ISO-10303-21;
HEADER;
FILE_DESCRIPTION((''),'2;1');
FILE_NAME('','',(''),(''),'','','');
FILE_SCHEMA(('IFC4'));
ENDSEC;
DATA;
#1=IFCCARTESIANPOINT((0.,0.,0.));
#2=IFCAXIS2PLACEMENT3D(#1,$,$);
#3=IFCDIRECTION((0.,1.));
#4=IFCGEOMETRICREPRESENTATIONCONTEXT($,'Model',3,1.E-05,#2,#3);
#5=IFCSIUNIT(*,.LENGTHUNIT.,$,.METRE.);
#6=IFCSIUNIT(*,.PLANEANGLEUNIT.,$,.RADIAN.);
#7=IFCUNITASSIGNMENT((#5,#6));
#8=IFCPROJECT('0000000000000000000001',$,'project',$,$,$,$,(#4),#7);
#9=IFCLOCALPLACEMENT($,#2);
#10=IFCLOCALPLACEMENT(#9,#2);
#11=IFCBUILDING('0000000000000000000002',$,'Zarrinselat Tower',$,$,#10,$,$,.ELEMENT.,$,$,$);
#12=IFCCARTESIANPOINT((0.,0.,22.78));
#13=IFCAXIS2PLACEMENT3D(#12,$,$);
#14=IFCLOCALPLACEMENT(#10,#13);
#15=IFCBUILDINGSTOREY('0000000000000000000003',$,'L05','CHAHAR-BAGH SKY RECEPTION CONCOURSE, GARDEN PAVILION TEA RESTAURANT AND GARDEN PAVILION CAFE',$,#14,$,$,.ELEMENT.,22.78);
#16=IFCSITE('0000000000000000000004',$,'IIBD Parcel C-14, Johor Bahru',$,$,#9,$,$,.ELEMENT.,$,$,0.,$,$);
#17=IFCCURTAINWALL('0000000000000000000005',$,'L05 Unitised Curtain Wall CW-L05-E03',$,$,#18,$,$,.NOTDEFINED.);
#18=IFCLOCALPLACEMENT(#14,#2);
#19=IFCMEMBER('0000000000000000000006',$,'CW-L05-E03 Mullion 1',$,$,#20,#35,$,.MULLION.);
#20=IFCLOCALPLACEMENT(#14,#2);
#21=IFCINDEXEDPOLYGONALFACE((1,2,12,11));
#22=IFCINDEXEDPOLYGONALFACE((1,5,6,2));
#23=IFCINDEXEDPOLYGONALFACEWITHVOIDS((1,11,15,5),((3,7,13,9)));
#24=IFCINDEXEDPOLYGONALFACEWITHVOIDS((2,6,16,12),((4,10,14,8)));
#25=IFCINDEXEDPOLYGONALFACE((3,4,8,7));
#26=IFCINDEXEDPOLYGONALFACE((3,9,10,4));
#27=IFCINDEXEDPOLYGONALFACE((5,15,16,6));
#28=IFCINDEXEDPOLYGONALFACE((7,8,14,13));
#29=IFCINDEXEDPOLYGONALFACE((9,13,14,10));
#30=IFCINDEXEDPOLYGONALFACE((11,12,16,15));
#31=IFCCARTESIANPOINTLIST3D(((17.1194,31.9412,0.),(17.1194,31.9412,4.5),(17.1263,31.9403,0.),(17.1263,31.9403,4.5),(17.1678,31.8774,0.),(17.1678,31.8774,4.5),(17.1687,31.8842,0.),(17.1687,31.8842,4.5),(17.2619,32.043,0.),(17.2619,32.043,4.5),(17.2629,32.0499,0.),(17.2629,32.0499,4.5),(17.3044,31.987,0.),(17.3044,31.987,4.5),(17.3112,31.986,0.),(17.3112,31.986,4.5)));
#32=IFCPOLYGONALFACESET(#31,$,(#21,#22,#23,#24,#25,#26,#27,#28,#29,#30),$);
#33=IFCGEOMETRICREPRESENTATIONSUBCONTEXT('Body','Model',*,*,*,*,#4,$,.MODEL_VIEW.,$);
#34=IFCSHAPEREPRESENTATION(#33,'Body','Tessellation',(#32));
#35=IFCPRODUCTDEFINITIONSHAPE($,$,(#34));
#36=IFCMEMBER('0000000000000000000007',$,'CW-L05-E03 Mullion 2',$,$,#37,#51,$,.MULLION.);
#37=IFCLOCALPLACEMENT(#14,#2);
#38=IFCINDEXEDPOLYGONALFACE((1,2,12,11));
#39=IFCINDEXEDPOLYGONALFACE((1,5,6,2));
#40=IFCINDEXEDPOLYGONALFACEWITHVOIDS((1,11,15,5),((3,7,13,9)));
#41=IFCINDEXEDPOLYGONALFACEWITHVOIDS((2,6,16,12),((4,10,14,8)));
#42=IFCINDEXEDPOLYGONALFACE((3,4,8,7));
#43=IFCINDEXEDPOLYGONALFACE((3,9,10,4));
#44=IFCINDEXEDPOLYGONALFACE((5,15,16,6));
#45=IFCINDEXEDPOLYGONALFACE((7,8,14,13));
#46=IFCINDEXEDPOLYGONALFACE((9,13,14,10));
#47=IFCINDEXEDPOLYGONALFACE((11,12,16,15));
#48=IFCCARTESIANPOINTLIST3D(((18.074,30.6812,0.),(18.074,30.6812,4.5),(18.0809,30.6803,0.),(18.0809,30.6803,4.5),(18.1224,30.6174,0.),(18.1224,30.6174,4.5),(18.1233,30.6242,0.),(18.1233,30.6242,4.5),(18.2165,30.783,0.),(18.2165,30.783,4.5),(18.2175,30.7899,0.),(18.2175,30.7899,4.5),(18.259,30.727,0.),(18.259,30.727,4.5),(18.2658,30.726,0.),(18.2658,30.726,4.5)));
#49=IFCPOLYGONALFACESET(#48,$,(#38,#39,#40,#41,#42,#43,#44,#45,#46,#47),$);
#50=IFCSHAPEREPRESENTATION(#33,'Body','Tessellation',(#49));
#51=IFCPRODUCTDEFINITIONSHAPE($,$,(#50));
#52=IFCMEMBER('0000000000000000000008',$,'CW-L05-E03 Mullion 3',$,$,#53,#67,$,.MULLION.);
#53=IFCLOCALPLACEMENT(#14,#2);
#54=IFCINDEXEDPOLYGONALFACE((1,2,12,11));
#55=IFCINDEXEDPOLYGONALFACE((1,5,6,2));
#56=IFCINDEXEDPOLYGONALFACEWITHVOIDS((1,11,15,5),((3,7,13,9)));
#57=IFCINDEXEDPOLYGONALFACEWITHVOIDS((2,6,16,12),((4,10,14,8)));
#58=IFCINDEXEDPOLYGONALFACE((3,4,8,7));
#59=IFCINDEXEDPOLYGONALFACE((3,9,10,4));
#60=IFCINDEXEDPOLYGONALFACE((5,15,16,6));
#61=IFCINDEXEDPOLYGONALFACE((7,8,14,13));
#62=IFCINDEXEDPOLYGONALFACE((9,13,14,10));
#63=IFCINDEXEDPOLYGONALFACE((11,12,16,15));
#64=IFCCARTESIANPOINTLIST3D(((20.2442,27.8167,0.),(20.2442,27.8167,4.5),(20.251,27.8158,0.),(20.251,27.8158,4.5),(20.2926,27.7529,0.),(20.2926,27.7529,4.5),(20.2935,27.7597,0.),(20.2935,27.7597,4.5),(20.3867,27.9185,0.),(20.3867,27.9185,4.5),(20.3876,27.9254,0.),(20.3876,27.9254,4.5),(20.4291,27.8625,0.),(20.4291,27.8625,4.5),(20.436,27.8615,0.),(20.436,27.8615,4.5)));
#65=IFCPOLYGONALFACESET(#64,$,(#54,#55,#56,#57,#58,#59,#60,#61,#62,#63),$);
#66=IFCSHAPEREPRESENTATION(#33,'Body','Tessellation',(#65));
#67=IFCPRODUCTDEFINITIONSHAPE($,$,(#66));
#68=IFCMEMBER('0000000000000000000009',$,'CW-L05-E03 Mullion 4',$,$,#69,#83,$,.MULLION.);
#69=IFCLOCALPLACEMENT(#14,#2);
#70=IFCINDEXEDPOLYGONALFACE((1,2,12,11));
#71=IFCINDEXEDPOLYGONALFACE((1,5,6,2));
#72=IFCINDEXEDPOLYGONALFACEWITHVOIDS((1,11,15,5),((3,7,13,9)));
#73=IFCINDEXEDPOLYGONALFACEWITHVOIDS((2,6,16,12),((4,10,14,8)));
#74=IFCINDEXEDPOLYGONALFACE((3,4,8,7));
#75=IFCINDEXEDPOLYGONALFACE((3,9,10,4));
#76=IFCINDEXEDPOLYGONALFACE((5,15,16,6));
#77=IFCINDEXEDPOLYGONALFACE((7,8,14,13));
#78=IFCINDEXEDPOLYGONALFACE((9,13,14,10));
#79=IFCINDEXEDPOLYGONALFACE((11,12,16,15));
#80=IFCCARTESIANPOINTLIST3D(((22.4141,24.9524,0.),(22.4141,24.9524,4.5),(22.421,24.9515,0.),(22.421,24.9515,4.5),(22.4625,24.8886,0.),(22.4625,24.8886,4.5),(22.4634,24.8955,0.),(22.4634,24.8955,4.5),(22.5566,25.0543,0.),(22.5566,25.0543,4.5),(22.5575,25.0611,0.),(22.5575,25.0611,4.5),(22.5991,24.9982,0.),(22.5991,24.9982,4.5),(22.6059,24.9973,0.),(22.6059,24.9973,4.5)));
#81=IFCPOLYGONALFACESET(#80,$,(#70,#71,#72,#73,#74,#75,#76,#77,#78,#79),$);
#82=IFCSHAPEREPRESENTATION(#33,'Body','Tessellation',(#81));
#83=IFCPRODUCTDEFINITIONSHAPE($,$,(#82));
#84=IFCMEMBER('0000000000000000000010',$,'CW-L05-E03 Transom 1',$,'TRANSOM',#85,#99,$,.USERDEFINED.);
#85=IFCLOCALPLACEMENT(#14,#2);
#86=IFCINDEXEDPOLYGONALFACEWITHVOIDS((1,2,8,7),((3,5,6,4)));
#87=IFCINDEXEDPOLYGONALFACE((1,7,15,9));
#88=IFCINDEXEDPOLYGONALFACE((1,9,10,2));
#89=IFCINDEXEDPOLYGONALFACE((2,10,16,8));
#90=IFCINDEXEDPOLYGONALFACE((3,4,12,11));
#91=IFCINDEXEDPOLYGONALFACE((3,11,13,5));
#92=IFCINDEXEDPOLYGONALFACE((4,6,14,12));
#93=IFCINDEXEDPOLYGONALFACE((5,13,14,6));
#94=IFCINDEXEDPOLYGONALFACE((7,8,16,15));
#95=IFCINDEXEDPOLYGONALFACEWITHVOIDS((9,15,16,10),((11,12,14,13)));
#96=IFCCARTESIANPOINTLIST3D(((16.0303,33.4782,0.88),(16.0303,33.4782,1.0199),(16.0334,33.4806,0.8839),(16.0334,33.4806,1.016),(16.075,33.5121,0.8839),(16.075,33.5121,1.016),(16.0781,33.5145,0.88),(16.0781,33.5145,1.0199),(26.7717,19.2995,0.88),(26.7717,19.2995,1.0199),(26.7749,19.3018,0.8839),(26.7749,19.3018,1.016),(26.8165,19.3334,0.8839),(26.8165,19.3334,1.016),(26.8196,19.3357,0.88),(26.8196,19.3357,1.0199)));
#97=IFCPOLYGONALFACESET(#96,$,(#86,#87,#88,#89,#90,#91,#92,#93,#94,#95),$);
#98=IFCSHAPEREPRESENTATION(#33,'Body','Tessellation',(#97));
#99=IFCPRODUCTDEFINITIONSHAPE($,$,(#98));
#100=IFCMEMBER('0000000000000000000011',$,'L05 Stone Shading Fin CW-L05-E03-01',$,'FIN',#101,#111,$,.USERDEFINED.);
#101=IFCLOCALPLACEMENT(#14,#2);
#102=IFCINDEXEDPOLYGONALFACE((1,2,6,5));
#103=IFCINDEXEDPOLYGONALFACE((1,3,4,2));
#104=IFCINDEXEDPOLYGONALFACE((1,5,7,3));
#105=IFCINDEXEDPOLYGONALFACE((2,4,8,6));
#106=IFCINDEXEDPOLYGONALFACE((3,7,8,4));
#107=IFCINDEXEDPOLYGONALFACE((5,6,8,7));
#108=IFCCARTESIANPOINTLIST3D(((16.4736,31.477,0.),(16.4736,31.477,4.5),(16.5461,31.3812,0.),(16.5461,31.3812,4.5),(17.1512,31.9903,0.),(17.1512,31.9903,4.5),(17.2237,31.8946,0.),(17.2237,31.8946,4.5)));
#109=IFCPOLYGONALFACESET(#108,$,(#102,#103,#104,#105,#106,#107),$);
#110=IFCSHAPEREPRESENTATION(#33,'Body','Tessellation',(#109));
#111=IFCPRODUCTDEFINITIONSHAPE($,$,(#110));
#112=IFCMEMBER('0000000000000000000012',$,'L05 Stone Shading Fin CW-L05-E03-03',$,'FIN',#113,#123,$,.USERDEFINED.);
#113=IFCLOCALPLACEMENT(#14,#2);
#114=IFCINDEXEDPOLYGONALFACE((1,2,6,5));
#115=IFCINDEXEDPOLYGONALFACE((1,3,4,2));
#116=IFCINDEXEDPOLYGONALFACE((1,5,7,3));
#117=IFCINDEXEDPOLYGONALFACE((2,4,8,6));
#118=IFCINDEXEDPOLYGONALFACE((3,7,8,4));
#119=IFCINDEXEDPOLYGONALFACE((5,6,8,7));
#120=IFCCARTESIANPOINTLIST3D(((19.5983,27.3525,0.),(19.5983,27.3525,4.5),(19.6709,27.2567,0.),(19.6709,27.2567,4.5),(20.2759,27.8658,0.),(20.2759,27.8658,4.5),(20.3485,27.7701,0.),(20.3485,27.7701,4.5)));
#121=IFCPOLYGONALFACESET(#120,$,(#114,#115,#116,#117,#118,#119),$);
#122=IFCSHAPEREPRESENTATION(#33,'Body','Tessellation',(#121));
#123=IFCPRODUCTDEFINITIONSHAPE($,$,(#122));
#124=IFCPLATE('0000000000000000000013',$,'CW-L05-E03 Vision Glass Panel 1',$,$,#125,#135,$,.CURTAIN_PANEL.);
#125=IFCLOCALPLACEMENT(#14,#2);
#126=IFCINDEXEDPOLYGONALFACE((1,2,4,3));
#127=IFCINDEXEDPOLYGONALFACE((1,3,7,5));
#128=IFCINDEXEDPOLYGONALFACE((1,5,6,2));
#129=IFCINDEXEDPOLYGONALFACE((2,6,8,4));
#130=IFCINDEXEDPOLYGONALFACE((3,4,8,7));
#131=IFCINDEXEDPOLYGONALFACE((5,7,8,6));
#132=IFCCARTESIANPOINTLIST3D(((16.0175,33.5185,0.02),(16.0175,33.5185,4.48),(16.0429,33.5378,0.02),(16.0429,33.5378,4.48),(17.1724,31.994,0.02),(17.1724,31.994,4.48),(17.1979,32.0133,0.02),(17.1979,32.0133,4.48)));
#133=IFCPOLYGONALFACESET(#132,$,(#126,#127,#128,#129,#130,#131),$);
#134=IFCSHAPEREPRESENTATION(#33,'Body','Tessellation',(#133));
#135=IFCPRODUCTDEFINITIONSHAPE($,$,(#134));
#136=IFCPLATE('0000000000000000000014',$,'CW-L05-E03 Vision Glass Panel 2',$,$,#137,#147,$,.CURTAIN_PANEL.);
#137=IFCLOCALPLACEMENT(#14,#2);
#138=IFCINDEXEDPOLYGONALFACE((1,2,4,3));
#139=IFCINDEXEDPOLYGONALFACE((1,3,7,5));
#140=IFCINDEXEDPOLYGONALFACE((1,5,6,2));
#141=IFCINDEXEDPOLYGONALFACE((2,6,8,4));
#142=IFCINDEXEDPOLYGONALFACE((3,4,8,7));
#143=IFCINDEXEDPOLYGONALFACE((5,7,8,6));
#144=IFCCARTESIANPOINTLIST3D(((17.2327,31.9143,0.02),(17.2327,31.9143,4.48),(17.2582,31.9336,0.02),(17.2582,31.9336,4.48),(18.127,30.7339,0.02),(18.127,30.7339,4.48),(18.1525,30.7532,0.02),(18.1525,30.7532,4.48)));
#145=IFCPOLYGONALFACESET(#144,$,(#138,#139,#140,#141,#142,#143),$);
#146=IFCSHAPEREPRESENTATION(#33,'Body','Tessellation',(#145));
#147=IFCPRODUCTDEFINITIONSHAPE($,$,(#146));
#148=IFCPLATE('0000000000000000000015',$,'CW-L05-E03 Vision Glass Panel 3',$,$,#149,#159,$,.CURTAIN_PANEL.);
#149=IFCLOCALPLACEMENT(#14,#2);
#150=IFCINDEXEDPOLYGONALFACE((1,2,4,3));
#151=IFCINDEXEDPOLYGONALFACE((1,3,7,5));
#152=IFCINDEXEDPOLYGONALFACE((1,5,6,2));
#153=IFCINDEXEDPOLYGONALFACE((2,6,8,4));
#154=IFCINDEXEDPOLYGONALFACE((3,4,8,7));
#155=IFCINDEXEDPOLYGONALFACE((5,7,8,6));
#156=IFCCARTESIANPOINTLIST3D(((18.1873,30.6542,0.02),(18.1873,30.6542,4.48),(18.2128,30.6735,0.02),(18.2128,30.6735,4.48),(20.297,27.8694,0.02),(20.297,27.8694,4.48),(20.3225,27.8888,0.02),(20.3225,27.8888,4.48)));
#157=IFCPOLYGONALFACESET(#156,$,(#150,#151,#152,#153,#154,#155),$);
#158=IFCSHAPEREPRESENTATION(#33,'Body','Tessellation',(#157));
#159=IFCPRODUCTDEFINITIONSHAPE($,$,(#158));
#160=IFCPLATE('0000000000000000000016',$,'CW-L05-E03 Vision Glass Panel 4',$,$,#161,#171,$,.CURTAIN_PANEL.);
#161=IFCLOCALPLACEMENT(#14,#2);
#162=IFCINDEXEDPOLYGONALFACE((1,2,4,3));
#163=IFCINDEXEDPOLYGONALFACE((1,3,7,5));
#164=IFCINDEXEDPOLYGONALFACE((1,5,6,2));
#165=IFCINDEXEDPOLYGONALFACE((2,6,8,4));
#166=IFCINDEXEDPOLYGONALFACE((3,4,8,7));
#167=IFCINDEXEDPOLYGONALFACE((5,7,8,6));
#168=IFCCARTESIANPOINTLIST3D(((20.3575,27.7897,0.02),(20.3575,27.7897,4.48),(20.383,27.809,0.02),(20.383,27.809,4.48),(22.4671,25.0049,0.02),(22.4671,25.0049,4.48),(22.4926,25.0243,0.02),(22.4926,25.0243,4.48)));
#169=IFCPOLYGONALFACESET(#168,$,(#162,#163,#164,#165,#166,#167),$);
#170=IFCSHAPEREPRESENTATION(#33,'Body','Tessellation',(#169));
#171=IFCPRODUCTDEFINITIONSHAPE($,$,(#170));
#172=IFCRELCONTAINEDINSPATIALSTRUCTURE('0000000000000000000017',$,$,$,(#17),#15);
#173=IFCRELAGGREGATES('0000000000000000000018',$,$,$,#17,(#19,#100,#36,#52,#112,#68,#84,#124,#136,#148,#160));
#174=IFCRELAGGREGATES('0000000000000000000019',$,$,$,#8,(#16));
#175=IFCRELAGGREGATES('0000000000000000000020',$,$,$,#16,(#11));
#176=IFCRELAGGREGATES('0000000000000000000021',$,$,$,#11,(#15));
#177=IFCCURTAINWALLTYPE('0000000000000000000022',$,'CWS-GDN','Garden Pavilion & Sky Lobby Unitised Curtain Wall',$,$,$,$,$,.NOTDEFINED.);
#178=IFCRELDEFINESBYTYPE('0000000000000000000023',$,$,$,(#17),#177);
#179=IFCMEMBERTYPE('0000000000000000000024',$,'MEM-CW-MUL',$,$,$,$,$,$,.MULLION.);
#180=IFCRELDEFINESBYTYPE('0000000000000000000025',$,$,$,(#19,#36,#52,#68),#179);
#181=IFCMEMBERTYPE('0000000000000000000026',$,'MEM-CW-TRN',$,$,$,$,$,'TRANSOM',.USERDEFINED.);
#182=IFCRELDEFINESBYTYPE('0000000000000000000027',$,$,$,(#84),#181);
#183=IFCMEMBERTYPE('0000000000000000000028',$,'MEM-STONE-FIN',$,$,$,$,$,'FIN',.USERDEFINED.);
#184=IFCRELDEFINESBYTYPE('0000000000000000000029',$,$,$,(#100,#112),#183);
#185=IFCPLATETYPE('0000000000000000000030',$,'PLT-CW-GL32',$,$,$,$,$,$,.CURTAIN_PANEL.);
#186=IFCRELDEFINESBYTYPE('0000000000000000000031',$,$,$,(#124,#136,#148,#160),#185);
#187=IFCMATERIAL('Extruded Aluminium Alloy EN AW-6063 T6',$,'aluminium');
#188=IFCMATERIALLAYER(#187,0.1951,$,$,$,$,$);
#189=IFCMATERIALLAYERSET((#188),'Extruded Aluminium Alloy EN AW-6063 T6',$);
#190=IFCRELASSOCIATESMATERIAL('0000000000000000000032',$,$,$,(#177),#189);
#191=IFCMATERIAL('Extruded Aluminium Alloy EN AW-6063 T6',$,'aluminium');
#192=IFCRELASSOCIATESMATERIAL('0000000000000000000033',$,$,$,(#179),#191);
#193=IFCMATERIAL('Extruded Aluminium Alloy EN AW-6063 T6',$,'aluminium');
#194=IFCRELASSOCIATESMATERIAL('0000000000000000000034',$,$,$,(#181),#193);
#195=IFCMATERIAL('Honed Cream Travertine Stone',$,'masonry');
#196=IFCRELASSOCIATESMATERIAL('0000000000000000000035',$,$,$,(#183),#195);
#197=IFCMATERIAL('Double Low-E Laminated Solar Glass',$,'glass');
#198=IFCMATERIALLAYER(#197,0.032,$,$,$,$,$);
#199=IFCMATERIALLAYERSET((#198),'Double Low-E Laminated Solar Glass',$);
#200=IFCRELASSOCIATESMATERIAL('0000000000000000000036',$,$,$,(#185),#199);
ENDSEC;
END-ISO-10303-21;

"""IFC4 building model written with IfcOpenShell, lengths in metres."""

from ifc_helpers import new_model, si_unit, direction, frame, origin, origin_2d, place, context, subcontext, project, spatial, rectangle, hollow_rectangle, extrude, material, layer, layer_set, material_profile, profile_set, type_object, element, aggregate, save


model = new_model("IFC4")

# Units and contexts
model_context = context("Model", 3, precision=1e-05, world=origin(), true_north=direction((0.0, 1.0)))
body_context = subcontext(model_context, "Body", "Model", "MODEL_VIEW")
ifc_project = project(units=[si_unit("LENGTHUNIT", "METRE"), si_unit("PLANEANGLEUNIT", "RADIAN")], contexts=[model_context])

# Site, building, storey
site_placement = place(None, origin())
site = spatial("IfcSite", under=ifc_project, at=site_placement, Name="IIBD Parcel C-14, Johor Bahru", CompositionType="ELEMENT", RefElevation=0.0)
building_placement = place(site_placement, origin())
building = spatial("IfcBuilding", under=site, at=building_placement, Name="Zarrinselat Tower", CompositionType="ELEMENT")
storey_placement = place(building_placement, frame((0.0, 0.0, 22.78)))
storey = spatial("IfcBuildingStorey", under=building, at=storey_placement, Name="L05", Description="CHAHAR-BAGH SKY RECEPTION CONCOURSE, GARDEN PAVILION TEA RESTAURANT AND GARDEN PAVILION CAFE", CompositionType="ELEMENT", Elevation=22.78)

# Curtain wall, members, plates
ifc_material_1 = material(Name="Extruded Aluminium Alloy EN AW-6063 T6", Category="aluminium")
ifc_layer_1 = layer(ifc_material_1, 0.1951)
ifc_layer_set_1 = layer_set([ifc_layer_1], Name="Extruded Aluminium Alloy EN AW-6063 T6")
curtain_wall_type = type_object("IfcCurtainWallType", Name="CWS-GDN", Description="Garden Pavilion & Sky Lobby Unitised Curtain Wall", PredefinedType="NOTDEFINED", material=ifc_layer_set_1)
curtain_wall_placement = place(storey_placement, origin())
curtain_wall = element("IfcCurtainWall", 1, at=curtain_wall_placement, inside=storey, type_object=curtain_wall_type, Name="L05 Unitised Curtain Wall CW-L05-E03", PredefinedType="NOTDEFINED")
ifc_material_2 = material(Name="Extruded Aluminium Alloy EN AW-6063 T6", Category="aluminium")
ifc_material_profile_1 = material_profile(ifc_material_2, hollow_rectangle(XDim=0.0801, YDim=0.1799, WallThickness=0.0049, at=origin_2d()), Name="RHS 180x80x5")
ifc_profile_set_1 = profile_set([ifc_material_profile_1], Name="Extruded Aluminium Alloy EN AW-6063 T6")
member_type_1 = type_object("IfcMemberType", Name="MEM-CW-MUL", PredefinedType="MULLION", material=ifc_profile_set_1)
member_1_placement = place(storey_placement, frame((17.2153, 31.9636, 0.0), z_axis=(0.0, 0.0, 1.0), x_axis=(0.603858, -0.797092, 0.0)))
member_1 = element("IfcMember", 2, at=member_1_placement, type_object=member_type_1, Name="CW-L05-E03 Mullion 1", PredefinedType="MULLION", context=body_context, shape_type="SweptSolid", body=[
    extrude(hollow_rectangle(XDim=0.0801, YDim=0.1799, WallThickness=0.0049, at=origin_2d()), origin(), (0.0, 0.0, 1.0), 4.5),
])
member_2_placement = place(storey_placement, frame((18.1699, 30.7036, 0.0), z_axis=(0.0, 0.0, 1.0), x_axis=(0.603858, -0.797092, 0.0)))
member_2 = element("IfcMember", 3, at=member_2_placement, type_object=member_type_1, Name="CW-L05-E03 Mullion 2", PredefinedType="MULLION", context=body_context, shape_type="SweptSolid", body=[
    extrude(hollow_rectangle(XDim=0.0801, YDim=0.1799, WallThickness=0.0049, at=origin_2d()), origin(), (0.0, 0.0, 1.0), 4.5),
])
member_3_placement = place(storey_placement, frame((20.3401, 27.8391, 0.0), z_axis=(0.0, 0.0, 1.0), x_axis=(0.603858, -0.797092, 0.0)))
member_3 = element("IfcMember", 4, at=member_3_placement, type_object=member_type_1, Name="CW-L05-E03 Mullion 3", PredefinedType="MULLION", context=body_context, shape_type="SweptSolid", body=[
    extrude(hollow_rectangle(XDim=0.0801, YDim=0.1799, WallThickness=0.0049, at=origin_2d()), origin(), (0.0, 0.0, 1.0), 4.5),
])
member_4_placement = place(storey_placement, frame((22.51, 24.9749, 0.0), z_axis=(0.0, 0.0, 1.0), x_axis=(0.603858, -0.797092, 0.0)))
member_4 = element("IfcMember", 5, at=member_4_placement, type_object=member_type_1, Name="CW-L05-E03 Mullion 4", PredefinedType="MULLION", context=body_context, shape_type="SweptSolid", body=[
    extrude(hollow_rectangle(XDim=0.0801, YDim=0.1799, WallThickness=0.0049, at=origin_2d()), origin(), (0.0, 0.0, 1.0), 4.5),
])
ifc_material_3 = material(Name="Extruded Aluminium Alloy EN AW-6063 T6", Category="aluminium")
ifc_material_profile_2 = material_profile(ifc_material_3, hollow_rectangle(XDim=0.0601, YDim=0.1399, WallThickness=0.0039, at=origin_2d()), Name="RHS 140x60x4")
ifc_profile_set_2 = profile_set([ifc_material_profile_2], Name="Extruded Aluminium Alloy EN AW-6063 T6")
member_type_2 = type_object("IfcMemberType", Name="MEM-CW-TRN", ElementType="TRANSOM", PredefinedType="USERDEFINED", material=ifc_profile_set_2)
member_5_placement = place(storey_placement, frame((16.0542, 33.4963, 0.95), z_axis=(0.603858, -0.797092, 0.0), x_axis=(0.797092, 0.603858, 0.0)))
member_5 = element("IfcMember", 6, at=member_5_placement, type_object=member_type_2, Name="CW-L05-E03 Transom 1", ObjectType="TRANSOM", PredefinedType="USERDEFINED", context=body_context, shape_type="SweptSolid", body=[
    extrude(hollow_rectangle(XDim=0.0601, YDim=0.1399, WallThickness=0.0039, at=origin_2d()), origin(), (0.0, 0.0, 1.0), 17.7881),
])
ifc_material_4 = material(Name="Honed Cream Travertine Stone", Category="masonry")
ifc_material_profile_3 = material_profile(ifc_material_4, rectangle(XDim=0.1201, YDim=0.8501, at=origin_2d()), Name="FIN 850x120")
ifc_profile_set_3 = profile_set([ifc_material_profile_3], Name="Honed Cream Travertine Stone")
member_type_3 = type_object("IfcMemberType", Name="MEM-STONE-FIN", ElementType="FIN", PredefinedType="USERDEFINED", material=ifc_profile_set_3)
member_6_placement = place(storey_placement, frame((16.8486, 31.6858, 0.0), z_axis=(0.0, 0.0, 1.0), x_axis=(-0.603858, 0.797092, 0.0)))
member_6 = element("IfcMember", 7, at=member_6_placement, type_object=member_type_3, Name="L05 Stone Shading Fin CW-L05-E03-01", ObjectType="FIN", PredefinedType="USERDEFINED", context=body_context, shape_type="SweptSolid", body=[
    extrude(rectangle(XDim=0.1201, YDim=0.8501, at=origin_2d()), origin(), (0.0, 0.0, 1.0), 4.5),
])
member_7_placement = place(storey_placement, frame((19.9734, 27.5613, 0.0), z_axis=(0.0, 0.0, 1.0), x_axis=(-0.603858, 0.797092, 0.0)))
member_7 = element("IfcMember", 8, at=member_7_placement, type_object=member_type_3, Name="L05 Stone Shading Fin CW-L05-E03-03", ObjectType="FIN", PredefinedType="USERDEFINED", context=body_context, shape_type="SweptSolid", body=[
    extrude(rectangle(XDim=0.1201, YDim=0.8501, at=origin_2d()), origin(), (0.0, 0.0, 1.0), 4.5),
])
ifc_material_5 = material(Name="Double Low-E Laminated Solar Glass", Category="glass")
ifc_layer_2 = layer(ifc_material_5, 0.032)
ifc_layer_set_2 = layer_set([ifc_layer_2], Name="Double Low-E Laminated Solar Glass")
plate_type = type_object("IfcPlateType", Name="PLT-CW-GL32", PredefinedType="CURTAIN_PANEL", material=ifc_layer_set_2)
plate_1_placement = place(storey_placement, frame((16.6077, 32.7659, 0.02), z_axis=(0.0, 0.0, 1.0), x_axis=(0.603858, -0.797092, 0.0)))
plate_1 = element("IfcPlate", 9, at=plate_1_placement, type_object=plate_type, Name="CW-L05-E03 Vision Glass Panel 1", PredefinedType="CURTAIN_PANEL", context=body_context, shape_type="SweptSolid", body=[
    extrude(rectangle(XDim=1.9126, YDim=0.032, at=origin_2d()), origin(), (0.0, 0.0, 1.0), 4.46),
])
plate_2_placement = place(storey_placement, frame((17.6926, 31.3337, 0.02), z_axis=(0.0, 0.0, 1.0), x_axis=(0.603858, -0.797092, 0.0)))
plate_2 = element("IfcPlate", 10, at=plate_2_placement, type_object=plate_type, Name="CW-L05-E03 Vision Glass Panel 2", PredefinedType="CURTAIN_PANEL", context=body_context, shape_type="SweptSolid", body=[
    extrude(rectangle(XDim=1.481, YDim=0.032, at=origin_2d()), origin(), (0.0, 0.0, 1.0), 4.46),
])
plate_3_placement = place(storey_placement, frame((19.2549, 29.2715, 0.02), z_axis=(0.0, 0.0, 1.0), x_axis=(0.603858, -0.797092, 0.0)))
plate_3 = element("IfcPlate", 11, at=plate_3_placement, type_object=plate_type, Name="CW-L05-E03 Vision Glass Panel 3", PredefinedType="CURTAIN_PANEL", context=body_context, shape_type="SweptSolid", body=[
    extrude(rectangle(XDim=3.4937, YDim=0.032, at=origin_2d()), origin(), (0.0, 0.0, 1.0), 4.46),
])
plate_4_placement = place(storey_placement, frame((21.425, 26.407, 0.02), z_axis=(0.0, 0.0, 1.0), x_axis=(0.603858, -0.797092, 0.0)))
plate_4 = element("IfcPlate", 12, at=plate_4_placement, type_object=plate_type, Name="CW-L05-E03 Vision Glass Panel 4", PredefinedType="CURTAIN_PANEL", context=body_context, shape_type="SweptSolid", body=[
    extrude(rectangle(XDim=3.4937, YDim=0.032, at=origin_2d()), origin(), (0.0, 0.0, 1.0), 4.46),
])
aggregate(curtain_wall, [member_1, member_6, member_2, member_3, member_7, member_4, member_5, plate_1, plate_2, plate_3, plate_4])

save(model, "model.ifc")
